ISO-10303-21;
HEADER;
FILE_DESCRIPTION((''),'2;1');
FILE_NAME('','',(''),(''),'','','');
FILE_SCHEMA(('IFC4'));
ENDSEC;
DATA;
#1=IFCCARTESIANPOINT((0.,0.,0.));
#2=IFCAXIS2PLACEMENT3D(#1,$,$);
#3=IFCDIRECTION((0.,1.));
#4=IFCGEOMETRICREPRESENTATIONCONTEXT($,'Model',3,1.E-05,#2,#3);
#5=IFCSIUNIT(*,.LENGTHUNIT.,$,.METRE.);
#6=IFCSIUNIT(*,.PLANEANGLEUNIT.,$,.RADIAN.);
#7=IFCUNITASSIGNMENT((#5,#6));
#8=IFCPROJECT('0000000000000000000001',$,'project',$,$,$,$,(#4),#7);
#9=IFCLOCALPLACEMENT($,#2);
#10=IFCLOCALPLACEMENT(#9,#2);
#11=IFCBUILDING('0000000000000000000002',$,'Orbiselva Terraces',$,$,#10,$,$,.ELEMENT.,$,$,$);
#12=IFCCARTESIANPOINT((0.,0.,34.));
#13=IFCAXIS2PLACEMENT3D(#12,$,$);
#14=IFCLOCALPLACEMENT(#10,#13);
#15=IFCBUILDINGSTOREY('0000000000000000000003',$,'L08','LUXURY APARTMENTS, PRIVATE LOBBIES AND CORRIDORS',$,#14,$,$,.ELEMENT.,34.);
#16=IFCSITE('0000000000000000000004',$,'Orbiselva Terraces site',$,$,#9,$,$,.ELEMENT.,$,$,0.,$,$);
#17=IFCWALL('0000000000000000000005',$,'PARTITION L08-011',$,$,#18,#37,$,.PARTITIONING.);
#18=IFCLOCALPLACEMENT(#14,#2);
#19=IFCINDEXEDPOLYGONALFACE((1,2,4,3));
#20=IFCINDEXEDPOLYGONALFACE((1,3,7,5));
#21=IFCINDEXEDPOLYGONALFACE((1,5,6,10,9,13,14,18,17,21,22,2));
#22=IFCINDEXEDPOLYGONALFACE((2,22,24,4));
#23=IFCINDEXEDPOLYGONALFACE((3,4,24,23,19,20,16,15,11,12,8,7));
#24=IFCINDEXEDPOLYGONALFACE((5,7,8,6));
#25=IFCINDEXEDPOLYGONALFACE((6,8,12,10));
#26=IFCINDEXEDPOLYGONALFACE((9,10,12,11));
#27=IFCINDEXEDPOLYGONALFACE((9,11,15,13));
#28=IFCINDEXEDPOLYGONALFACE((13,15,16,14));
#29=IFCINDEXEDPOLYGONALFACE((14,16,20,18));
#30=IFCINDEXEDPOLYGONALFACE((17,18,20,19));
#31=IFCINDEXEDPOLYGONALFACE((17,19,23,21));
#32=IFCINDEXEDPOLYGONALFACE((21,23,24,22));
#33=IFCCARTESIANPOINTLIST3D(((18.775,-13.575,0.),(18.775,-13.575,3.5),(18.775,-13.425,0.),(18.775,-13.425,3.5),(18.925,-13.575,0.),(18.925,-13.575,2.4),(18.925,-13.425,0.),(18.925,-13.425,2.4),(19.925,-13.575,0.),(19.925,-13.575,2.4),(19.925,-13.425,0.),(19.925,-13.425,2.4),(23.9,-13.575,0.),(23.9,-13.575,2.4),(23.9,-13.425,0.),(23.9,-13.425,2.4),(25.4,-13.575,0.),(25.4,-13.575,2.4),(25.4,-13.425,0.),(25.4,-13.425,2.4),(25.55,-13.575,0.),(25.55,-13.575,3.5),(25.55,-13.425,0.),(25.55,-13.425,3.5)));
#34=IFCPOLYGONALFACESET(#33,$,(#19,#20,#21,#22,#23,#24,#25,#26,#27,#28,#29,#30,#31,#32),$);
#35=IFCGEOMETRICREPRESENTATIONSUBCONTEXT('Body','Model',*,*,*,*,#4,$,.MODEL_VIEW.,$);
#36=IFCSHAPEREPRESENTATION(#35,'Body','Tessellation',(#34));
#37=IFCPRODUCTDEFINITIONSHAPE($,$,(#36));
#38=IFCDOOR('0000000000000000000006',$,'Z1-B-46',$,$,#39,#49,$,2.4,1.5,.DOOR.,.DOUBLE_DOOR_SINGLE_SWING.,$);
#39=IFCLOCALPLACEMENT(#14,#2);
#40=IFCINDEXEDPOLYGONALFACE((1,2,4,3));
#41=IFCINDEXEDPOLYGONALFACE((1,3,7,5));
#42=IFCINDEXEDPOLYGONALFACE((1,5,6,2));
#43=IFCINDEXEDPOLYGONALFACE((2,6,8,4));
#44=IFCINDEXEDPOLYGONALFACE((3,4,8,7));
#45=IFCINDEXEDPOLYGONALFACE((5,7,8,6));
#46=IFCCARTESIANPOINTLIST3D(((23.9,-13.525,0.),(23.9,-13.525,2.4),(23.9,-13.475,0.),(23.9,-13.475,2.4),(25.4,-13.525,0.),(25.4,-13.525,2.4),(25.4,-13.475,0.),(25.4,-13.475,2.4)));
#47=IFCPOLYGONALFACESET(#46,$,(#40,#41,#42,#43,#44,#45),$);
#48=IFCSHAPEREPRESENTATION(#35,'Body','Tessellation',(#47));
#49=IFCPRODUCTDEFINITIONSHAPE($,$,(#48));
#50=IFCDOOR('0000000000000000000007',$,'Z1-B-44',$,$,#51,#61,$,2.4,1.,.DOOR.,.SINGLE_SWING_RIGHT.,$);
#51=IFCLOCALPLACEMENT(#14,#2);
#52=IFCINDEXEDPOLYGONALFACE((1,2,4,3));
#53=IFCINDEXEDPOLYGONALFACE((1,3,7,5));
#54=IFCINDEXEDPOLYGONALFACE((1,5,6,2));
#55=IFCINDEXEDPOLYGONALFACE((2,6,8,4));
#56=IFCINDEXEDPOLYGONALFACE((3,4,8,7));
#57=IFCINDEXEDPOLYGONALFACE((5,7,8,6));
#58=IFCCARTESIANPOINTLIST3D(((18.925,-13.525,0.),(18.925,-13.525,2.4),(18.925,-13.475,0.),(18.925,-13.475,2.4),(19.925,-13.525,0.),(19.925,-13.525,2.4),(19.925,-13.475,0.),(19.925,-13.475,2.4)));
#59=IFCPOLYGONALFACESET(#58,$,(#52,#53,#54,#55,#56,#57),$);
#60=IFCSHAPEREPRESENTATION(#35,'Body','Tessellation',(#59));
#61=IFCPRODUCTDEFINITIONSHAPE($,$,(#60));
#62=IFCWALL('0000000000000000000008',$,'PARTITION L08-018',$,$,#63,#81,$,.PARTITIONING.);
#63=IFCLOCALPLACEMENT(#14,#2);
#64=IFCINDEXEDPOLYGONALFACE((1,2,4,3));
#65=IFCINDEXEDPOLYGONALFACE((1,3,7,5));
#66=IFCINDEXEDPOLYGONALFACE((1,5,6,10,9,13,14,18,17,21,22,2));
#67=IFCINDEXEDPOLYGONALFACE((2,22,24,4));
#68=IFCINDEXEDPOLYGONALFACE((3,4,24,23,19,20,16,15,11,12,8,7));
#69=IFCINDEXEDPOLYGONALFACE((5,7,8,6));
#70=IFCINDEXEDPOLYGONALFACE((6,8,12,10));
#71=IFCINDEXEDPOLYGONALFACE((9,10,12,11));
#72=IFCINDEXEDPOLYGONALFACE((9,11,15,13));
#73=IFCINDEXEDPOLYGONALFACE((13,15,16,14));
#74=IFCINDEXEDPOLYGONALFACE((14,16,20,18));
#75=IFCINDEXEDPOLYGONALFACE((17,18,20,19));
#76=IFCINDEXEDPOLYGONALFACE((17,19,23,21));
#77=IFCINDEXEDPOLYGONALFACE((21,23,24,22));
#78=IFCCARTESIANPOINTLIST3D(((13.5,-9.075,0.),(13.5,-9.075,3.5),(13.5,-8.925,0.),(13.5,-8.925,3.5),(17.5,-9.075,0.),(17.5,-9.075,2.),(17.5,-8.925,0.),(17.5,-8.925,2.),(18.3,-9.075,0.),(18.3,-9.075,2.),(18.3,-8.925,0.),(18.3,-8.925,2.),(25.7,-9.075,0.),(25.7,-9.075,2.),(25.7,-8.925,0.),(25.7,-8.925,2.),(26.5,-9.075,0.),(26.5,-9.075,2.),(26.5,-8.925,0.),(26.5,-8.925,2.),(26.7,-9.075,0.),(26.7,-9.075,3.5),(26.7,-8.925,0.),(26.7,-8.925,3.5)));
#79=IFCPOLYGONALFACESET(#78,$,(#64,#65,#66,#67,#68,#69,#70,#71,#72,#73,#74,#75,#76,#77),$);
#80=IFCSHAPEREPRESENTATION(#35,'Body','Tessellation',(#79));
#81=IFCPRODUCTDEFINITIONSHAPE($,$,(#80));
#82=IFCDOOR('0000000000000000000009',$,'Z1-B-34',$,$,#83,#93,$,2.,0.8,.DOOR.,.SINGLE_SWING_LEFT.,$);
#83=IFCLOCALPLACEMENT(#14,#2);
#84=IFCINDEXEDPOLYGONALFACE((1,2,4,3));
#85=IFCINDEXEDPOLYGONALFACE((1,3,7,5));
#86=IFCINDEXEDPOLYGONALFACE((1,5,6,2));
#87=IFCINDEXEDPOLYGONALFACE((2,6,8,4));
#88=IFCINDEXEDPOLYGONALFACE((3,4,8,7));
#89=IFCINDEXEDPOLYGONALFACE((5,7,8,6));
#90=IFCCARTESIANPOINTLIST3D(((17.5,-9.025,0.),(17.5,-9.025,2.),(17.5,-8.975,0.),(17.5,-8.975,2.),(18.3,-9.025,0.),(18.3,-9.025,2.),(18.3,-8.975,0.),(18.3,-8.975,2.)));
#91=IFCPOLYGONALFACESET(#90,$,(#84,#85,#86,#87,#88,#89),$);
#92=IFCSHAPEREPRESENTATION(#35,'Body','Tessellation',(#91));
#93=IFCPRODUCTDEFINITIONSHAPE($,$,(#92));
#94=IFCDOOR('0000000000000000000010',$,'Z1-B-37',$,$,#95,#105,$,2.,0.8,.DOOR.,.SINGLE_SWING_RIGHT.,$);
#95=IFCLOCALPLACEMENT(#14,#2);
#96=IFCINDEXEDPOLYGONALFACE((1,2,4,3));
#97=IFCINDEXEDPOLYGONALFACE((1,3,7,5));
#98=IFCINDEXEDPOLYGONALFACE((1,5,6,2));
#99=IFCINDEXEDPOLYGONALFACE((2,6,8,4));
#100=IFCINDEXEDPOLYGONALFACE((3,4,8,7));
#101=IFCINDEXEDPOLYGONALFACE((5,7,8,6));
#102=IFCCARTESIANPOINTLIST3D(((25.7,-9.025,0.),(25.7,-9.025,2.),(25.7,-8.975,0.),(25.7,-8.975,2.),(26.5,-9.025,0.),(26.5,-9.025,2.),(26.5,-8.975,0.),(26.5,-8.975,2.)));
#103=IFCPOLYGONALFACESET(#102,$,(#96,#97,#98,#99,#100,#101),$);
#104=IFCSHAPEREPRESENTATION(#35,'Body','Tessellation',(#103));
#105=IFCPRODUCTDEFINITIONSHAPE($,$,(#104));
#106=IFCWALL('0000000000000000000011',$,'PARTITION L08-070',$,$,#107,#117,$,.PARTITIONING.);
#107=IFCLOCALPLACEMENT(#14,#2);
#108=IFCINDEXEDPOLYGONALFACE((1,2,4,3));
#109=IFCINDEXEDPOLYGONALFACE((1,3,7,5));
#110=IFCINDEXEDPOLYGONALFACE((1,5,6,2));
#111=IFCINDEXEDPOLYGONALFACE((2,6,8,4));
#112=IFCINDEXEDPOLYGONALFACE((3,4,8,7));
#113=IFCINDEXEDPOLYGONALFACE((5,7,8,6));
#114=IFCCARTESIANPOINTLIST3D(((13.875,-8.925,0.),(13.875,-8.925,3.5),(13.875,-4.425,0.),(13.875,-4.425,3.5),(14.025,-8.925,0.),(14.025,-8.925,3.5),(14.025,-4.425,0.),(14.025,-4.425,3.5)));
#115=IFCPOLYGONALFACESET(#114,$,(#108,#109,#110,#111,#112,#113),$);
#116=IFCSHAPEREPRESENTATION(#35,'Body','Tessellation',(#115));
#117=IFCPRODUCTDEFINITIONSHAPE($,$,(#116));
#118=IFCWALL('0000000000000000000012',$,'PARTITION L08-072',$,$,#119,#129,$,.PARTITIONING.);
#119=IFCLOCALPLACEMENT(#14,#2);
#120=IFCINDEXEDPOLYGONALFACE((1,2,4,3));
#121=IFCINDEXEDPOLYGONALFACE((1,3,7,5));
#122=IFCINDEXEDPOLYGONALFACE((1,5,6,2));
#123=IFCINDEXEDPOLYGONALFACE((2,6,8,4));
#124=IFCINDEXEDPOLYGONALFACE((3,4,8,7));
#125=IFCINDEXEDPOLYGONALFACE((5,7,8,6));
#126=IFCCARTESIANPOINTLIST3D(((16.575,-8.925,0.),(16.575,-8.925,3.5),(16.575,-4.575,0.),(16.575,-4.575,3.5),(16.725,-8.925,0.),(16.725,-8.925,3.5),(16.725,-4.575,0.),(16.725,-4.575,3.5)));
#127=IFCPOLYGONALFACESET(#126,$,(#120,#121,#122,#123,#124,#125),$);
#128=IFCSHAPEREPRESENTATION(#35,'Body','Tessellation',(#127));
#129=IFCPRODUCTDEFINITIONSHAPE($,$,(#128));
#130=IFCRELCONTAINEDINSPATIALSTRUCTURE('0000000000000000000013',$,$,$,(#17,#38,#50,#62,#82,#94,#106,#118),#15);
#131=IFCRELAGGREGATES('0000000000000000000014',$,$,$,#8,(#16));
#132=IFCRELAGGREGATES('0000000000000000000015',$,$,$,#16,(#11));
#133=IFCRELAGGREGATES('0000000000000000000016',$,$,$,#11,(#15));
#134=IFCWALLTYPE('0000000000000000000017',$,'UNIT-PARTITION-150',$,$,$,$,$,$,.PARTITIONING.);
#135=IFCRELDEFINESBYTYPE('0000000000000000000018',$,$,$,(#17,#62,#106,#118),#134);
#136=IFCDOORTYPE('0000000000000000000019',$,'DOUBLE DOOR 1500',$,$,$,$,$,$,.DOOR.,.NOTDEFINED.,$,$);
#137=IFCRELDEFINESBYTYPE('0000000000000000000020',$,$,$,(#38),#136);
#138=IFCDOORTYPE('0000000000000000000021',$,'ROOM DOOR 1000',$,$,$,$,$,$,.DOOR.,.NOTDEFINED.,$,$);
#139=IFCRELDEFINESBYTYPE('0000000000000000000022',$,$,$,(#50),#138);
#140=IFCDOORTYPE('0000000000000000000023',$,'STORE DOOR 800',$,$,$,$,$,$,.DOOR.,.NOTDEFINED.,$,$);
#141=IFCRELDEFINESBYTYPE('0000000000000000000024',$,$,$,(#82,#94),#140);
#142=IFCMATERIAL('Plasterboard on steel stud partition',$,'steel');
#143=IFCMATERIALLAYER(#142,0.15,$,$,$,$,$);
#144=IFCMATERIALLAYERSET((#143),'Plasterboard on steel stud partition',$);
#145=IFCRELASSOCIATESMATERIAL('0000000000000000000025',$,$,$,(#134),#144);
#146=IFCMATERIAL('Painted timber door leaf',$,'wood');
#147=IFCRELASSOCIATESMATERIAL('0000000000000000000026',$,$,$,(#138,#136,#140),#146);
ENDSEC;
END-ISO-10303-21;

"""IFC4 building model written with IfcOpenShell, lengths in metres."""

from ifc_helpers import new_model, si_unit, direction, frame, frame_2d, origin, place, context, subcontext, project, spatial, rectangle, extrude, material, layer, layer_set, type_object, element, fill, save


model = new_model("IFC4")

# Units and contexts
model_context = context("Model", 3, precision=1e-05, world=origin(), true_north=direction((0.0, 1.0)))
body_context = subcontext(model_context, "Body", "Model", "MODEL_VIEW")
ifc_project = project(units=[si_unit("LENGTHUNIT", "METRE"), si_unit("PLANEANGLEUNIT", "RADIAN")], contexts=[model_context])

# Site, building, storey
site_placement = place(None, origin())
site = spatial("IfcSite", under=ifc_project, at=site_placement, Name="Orbiselva Terraces site", CompositionType="ELEMENT", RefElevation=0.0)
building_placement = place(site_placement, origin())
building = spatial("IfcBuilding", under=site, at=building_placement, Name="Orbiselva Terraces", CompositionType="ELEMENT")
storey_placement = place(building_placement, frame((0.0, 0.0, 34.0)))
storey = spatial("IfcBuildingStorey", under=building, at=storey_placement, Name="L08", Description="LUXURY APARTMENTS, PRIVATE LOBBIES AND CORRIDORS", CompositionType="ELEMENT", Elevation=34.0)

# Shared definitions
ifc_material_1 = material(Name="Plasterboard on steel stud partition", Category="steel")
ifc_layer_1 = layer(ifc_material_1, 0.15)
ifc_layer_set_1 = layer_set([ifc_layer_1], Name="Plasterboard on steel stud partition")
wall_type_1 = type_object("IfcWallType", Name="UNIT-PARTITION-150", PredefinedType="PARTITIONING", material=ifc_layer_set_1)
ifc_material_2 = material(Name="Painted timber door leaf", Category="wood")

# Walls, openings, doors
door_type_1 = type_object("IfcDoorType", Name="ROOM DOOR 1000", OperationType="NOTDEFINED", PredefinedType="DOOR", material=ifc_material_2)
wall_1_placement = place(storey_placement, frame((25.55, -13.5, 0.0), z_axis=(0.0, 0.0, 1.0), x_axis=(-1.0, 0.0, 0.0)))
wall_1 = element("IfcWall", 1, at=wall_1_placement, inside=storey, type_object=wall_type_1, Name="PARTITION L08-011", PredefinedType="PARTITIONING", context=body_context, shape_type="SweptSolid", body=[
    extrude(rectangle(XDim=6.775, YDim=0.15, at=frame_2d((3.3875, 0.0))), origin(), (0.0, 0.0, 1.0), 3.5),
])
opening_1_placement = place(wall_1_placement, frame((5.625, 0.0, 0.0)))
opening_1 = element("IfcOpeningElement", 2, at=opening_1_placement, cuts=wall_1, PredefinedType="OPENING", context=body_context, shape_type="SweptSolid", body=[
    extrude(rectangle(XDim=1.0, YDim=2.4, at=frame_2d((0.5, 1.2))), frame((0.0, 0.085, 0.0), z_axis=(0.0, -1.0, 0.0), x_axis=(1.0, 0.0, 0.0)), (0.0, 0.0, 1.0), 0.17),
])
opening_2_placement = place(wall_1_placement, frame((0.15, 0.0, 0.0)))
opening_2 = element("IfcOpeningElement", 3, at=opening_2_placement, cuts=wall_1, PredefinedType="OPENING", context=body_context, shape_type="SweptSolid", body=[
    extrude(rectangle(XDim=1.5, YDim=2.4, at=frame_2d((0.75, 1.2))), frame((0.0, 0.085, 0.0), z_axis=(0.0, -1.0, 0.0), x_axis=(1.0, 0.0, 0.0)), (0.0, 0.0, 1.0), 0.17),
])
door_type_2 = type_object("IfcDoorType", Name="DOUBLE DOOR 1500", OperationType="NOTDEFINED", PredefinedType="DOOR", material=ifc_material_2)
door_1_placement = place(opening_2_placement, origin())
door_1 = element("IfcDoor", 4, at=door_1_placement, inside=storey, type_object=door_type_2, Name="Z1-B-46", OperationType="DOUBLE_DOOR_SINGLE_SWING", OverallHeight=2.4, OverallWidth=1.5, PredefinedType="DOOR", context=body_context, shape_type="SweptSolid", body=[
    extrude(rectangle(XDim=1.5, YDim=2.4, at=frame_2d((0.75, 1.2))), frame((0.0, 0.025, 0.0), z_axis=(0.0, -1.0, 0.0), x_axis=(1.0, 0.0, 0.0)), (0.0, 0.0, 1.0), 0.05),
])
fill(opening_2, door_1)
door_2_placement = place(opening_1_placement, origin())
door_2 = element("IfcDoor", 5, at=door_2_placement, inside=storey, type_object=door_type_1, Name="Z1-B-44", OperationType="SINGLE_SWING_RIGHT", OverallHeight=2.4, OverallWidth=1.0, PredefinedType="DOOR", context=body_context, shape_type="SweptSolid", body=[
    extrude(rectangle(XDim=1.0, YDim=2.4, at=frame_2d((0.5, 1.2))), frame((0.0, 0.025, 0.0), z_axis=(0.0, -1.0, 0.0), x_axis=(1.0, 0.0, 0.0)), (0.0, 0.0, 1.0), 0.05),
])
fill(opening_1, door_2)
wall_2_placement = place(storey_placement, frame((13.5, -9.0, 0.0), z_axis=(0.0, 0.0, 1.0), x_axis=(1.0, 0.0, 0.0)))
wall_2 = element("IfcWall", 6, at=wall_2_placement, inside=storey, type_object=wall_type_1, Name="PARTITION L08-018", PredefinedType="PARTITIONING", context=body_context, shape_type="SweptSolid", body=[
    extrude(rectangle(XDim=13.2, YDim=0.15, at=frame_2d((6.6, 0.0))), origin(), (0.0, 0.0, 1.0), 3.5),
])
opening_3_placement = place(wall_2_placement, frame((4.0, 0.0, 0.0)))
opening_3 = element("IfcOpeningElement", 7, at=opening_3_placement, cuts=wall_2, PredefinedType="OPENING", context=body_context, shape_type="SweptSolid", body=[
    extrude(rectangle(XDim=0.8, YDim=2.0, at=frame_2d((0.4, 1.0))), frame((0.0, 0.085, 0.0), z_axis=(0.0, -1.0, 0.0), x_axis=(1.0, 0.0, 0.0)), (0.0, 0.0, 1.0), 0.17),
])
opening_4_placement = place(wall_2_placement, frame((12.2, 0.0, 0.0)))
opening_4 = element("IfcOpeningElement", 8, at=opening_4_placement, cuts=wall_2, PredefinedType="OPENING", context=body_context, shape_type="SweptSolid", body=[
    extrude(rectangle(XDim=0.8, YDim=2.0, at=frame_2d((0.4, 1.0))), frame((0.0, 0.085, 0.0), z_axis=(0.0, -1.0, 0.0), x_axis=(1.0, 0.0, 0.0)), (0.0, 0.0, 1.0), 0.17),
])
door_type_3 = type_object("IfcDoorType", Name="STORE DOOR 800", OperationType="NOTDEFINED", PredefinedType="DOOR", material=ifc_material_2)
door_3_placement = place(opening_3_placement, origin())
door_3 = element("IfcDoor", 9, at=door_3_placement, inside=storey, type_object=door_type_3, Name="Z1-B-34", OperationType="SINGLE_SWING_LEFT", OverallHeight=2.0, OverallWidth=0.8, PredefinedType="DOOR", context=body_context, shape_type="SweptSolid", body=[
    extrude(rectangle(XDim=0.8, YDim=2.0, at=frame_2d((0.4, 1.0))), frame((0.0, 0.025, 0.0), z_axis=(0.0, -1.0, 0.0), x_axis=(1.0, 0.0, 0.0)), (0.0, 0.0, 1.0), 0.05),
])
fill(opening_3, door_3)
door_4_placement = place(opening_4_placement, origin())
door_4 = element("IfcDoor", 10, at=door_4_placement, inside=storey, type_object=door_type_3, Name="Z1-B-37", OperationType="SINGLE_SWING_RIGHT", OverallHeight=2.0, OverallWidth=0.8, PredefinedType="DOOR", context=body_context, shape_type="SweptSolid", body=[
    extrude(rectangle(XDim=0.8, YDim=2.0, at=frame_2d((0.4, 1.0))), frame((0.0, 0.025, 0.0), z_axis=(0.0, -1.0, 0.0), x_axis=(1.0, 0.0, 0.0)), (0.0, 0.0, 1.0), 0.05),
])
fill(opening_4, door_4)

# Walls
wall_3_placement = place(storey_placement, frame((13.95, -8.925, 0.0), z_axis=(0.0, 0.0, 1.0), x_axis=(0.0, 1.0, 0.0)))
element("IfcWall", 11, at=wall_3_placement, inside=storey, type_object=wall_type_1, Name="PARTITION L08-070", PredefinedType="PARTITIONING", context=body_context, shape_type="SweptSolid", body=[
    extrude(rectangle(XDim=4.5, YDim=0.15, at=frame_2d((2.25, 0.0))), origin(), (0.0, 0.0, 1.0), 3.5),
])
wall_4_placement = place(storey_placement, frame((16.65, -8.925, 0.0), z_axis=(0.0, 0.0, 1.0), x_axis=(0.0, 1.0, 0.0)))
element("IfcWall", 12, at=wall_4_placement, inside=storey, type_object=wall_type_1, Name="PARTITION L08-072", PredefinedType="PARTITIONING", context=body_context, shape_type="SweptSolid", body=[
    extrude(rectangle(XDim=4.35, YDim=0.15, at=frame_2d((2.175, 0.0))), origin(), (0.0, 0.0, 1.0), 3.5),
])

save(model, "model.ifc")
